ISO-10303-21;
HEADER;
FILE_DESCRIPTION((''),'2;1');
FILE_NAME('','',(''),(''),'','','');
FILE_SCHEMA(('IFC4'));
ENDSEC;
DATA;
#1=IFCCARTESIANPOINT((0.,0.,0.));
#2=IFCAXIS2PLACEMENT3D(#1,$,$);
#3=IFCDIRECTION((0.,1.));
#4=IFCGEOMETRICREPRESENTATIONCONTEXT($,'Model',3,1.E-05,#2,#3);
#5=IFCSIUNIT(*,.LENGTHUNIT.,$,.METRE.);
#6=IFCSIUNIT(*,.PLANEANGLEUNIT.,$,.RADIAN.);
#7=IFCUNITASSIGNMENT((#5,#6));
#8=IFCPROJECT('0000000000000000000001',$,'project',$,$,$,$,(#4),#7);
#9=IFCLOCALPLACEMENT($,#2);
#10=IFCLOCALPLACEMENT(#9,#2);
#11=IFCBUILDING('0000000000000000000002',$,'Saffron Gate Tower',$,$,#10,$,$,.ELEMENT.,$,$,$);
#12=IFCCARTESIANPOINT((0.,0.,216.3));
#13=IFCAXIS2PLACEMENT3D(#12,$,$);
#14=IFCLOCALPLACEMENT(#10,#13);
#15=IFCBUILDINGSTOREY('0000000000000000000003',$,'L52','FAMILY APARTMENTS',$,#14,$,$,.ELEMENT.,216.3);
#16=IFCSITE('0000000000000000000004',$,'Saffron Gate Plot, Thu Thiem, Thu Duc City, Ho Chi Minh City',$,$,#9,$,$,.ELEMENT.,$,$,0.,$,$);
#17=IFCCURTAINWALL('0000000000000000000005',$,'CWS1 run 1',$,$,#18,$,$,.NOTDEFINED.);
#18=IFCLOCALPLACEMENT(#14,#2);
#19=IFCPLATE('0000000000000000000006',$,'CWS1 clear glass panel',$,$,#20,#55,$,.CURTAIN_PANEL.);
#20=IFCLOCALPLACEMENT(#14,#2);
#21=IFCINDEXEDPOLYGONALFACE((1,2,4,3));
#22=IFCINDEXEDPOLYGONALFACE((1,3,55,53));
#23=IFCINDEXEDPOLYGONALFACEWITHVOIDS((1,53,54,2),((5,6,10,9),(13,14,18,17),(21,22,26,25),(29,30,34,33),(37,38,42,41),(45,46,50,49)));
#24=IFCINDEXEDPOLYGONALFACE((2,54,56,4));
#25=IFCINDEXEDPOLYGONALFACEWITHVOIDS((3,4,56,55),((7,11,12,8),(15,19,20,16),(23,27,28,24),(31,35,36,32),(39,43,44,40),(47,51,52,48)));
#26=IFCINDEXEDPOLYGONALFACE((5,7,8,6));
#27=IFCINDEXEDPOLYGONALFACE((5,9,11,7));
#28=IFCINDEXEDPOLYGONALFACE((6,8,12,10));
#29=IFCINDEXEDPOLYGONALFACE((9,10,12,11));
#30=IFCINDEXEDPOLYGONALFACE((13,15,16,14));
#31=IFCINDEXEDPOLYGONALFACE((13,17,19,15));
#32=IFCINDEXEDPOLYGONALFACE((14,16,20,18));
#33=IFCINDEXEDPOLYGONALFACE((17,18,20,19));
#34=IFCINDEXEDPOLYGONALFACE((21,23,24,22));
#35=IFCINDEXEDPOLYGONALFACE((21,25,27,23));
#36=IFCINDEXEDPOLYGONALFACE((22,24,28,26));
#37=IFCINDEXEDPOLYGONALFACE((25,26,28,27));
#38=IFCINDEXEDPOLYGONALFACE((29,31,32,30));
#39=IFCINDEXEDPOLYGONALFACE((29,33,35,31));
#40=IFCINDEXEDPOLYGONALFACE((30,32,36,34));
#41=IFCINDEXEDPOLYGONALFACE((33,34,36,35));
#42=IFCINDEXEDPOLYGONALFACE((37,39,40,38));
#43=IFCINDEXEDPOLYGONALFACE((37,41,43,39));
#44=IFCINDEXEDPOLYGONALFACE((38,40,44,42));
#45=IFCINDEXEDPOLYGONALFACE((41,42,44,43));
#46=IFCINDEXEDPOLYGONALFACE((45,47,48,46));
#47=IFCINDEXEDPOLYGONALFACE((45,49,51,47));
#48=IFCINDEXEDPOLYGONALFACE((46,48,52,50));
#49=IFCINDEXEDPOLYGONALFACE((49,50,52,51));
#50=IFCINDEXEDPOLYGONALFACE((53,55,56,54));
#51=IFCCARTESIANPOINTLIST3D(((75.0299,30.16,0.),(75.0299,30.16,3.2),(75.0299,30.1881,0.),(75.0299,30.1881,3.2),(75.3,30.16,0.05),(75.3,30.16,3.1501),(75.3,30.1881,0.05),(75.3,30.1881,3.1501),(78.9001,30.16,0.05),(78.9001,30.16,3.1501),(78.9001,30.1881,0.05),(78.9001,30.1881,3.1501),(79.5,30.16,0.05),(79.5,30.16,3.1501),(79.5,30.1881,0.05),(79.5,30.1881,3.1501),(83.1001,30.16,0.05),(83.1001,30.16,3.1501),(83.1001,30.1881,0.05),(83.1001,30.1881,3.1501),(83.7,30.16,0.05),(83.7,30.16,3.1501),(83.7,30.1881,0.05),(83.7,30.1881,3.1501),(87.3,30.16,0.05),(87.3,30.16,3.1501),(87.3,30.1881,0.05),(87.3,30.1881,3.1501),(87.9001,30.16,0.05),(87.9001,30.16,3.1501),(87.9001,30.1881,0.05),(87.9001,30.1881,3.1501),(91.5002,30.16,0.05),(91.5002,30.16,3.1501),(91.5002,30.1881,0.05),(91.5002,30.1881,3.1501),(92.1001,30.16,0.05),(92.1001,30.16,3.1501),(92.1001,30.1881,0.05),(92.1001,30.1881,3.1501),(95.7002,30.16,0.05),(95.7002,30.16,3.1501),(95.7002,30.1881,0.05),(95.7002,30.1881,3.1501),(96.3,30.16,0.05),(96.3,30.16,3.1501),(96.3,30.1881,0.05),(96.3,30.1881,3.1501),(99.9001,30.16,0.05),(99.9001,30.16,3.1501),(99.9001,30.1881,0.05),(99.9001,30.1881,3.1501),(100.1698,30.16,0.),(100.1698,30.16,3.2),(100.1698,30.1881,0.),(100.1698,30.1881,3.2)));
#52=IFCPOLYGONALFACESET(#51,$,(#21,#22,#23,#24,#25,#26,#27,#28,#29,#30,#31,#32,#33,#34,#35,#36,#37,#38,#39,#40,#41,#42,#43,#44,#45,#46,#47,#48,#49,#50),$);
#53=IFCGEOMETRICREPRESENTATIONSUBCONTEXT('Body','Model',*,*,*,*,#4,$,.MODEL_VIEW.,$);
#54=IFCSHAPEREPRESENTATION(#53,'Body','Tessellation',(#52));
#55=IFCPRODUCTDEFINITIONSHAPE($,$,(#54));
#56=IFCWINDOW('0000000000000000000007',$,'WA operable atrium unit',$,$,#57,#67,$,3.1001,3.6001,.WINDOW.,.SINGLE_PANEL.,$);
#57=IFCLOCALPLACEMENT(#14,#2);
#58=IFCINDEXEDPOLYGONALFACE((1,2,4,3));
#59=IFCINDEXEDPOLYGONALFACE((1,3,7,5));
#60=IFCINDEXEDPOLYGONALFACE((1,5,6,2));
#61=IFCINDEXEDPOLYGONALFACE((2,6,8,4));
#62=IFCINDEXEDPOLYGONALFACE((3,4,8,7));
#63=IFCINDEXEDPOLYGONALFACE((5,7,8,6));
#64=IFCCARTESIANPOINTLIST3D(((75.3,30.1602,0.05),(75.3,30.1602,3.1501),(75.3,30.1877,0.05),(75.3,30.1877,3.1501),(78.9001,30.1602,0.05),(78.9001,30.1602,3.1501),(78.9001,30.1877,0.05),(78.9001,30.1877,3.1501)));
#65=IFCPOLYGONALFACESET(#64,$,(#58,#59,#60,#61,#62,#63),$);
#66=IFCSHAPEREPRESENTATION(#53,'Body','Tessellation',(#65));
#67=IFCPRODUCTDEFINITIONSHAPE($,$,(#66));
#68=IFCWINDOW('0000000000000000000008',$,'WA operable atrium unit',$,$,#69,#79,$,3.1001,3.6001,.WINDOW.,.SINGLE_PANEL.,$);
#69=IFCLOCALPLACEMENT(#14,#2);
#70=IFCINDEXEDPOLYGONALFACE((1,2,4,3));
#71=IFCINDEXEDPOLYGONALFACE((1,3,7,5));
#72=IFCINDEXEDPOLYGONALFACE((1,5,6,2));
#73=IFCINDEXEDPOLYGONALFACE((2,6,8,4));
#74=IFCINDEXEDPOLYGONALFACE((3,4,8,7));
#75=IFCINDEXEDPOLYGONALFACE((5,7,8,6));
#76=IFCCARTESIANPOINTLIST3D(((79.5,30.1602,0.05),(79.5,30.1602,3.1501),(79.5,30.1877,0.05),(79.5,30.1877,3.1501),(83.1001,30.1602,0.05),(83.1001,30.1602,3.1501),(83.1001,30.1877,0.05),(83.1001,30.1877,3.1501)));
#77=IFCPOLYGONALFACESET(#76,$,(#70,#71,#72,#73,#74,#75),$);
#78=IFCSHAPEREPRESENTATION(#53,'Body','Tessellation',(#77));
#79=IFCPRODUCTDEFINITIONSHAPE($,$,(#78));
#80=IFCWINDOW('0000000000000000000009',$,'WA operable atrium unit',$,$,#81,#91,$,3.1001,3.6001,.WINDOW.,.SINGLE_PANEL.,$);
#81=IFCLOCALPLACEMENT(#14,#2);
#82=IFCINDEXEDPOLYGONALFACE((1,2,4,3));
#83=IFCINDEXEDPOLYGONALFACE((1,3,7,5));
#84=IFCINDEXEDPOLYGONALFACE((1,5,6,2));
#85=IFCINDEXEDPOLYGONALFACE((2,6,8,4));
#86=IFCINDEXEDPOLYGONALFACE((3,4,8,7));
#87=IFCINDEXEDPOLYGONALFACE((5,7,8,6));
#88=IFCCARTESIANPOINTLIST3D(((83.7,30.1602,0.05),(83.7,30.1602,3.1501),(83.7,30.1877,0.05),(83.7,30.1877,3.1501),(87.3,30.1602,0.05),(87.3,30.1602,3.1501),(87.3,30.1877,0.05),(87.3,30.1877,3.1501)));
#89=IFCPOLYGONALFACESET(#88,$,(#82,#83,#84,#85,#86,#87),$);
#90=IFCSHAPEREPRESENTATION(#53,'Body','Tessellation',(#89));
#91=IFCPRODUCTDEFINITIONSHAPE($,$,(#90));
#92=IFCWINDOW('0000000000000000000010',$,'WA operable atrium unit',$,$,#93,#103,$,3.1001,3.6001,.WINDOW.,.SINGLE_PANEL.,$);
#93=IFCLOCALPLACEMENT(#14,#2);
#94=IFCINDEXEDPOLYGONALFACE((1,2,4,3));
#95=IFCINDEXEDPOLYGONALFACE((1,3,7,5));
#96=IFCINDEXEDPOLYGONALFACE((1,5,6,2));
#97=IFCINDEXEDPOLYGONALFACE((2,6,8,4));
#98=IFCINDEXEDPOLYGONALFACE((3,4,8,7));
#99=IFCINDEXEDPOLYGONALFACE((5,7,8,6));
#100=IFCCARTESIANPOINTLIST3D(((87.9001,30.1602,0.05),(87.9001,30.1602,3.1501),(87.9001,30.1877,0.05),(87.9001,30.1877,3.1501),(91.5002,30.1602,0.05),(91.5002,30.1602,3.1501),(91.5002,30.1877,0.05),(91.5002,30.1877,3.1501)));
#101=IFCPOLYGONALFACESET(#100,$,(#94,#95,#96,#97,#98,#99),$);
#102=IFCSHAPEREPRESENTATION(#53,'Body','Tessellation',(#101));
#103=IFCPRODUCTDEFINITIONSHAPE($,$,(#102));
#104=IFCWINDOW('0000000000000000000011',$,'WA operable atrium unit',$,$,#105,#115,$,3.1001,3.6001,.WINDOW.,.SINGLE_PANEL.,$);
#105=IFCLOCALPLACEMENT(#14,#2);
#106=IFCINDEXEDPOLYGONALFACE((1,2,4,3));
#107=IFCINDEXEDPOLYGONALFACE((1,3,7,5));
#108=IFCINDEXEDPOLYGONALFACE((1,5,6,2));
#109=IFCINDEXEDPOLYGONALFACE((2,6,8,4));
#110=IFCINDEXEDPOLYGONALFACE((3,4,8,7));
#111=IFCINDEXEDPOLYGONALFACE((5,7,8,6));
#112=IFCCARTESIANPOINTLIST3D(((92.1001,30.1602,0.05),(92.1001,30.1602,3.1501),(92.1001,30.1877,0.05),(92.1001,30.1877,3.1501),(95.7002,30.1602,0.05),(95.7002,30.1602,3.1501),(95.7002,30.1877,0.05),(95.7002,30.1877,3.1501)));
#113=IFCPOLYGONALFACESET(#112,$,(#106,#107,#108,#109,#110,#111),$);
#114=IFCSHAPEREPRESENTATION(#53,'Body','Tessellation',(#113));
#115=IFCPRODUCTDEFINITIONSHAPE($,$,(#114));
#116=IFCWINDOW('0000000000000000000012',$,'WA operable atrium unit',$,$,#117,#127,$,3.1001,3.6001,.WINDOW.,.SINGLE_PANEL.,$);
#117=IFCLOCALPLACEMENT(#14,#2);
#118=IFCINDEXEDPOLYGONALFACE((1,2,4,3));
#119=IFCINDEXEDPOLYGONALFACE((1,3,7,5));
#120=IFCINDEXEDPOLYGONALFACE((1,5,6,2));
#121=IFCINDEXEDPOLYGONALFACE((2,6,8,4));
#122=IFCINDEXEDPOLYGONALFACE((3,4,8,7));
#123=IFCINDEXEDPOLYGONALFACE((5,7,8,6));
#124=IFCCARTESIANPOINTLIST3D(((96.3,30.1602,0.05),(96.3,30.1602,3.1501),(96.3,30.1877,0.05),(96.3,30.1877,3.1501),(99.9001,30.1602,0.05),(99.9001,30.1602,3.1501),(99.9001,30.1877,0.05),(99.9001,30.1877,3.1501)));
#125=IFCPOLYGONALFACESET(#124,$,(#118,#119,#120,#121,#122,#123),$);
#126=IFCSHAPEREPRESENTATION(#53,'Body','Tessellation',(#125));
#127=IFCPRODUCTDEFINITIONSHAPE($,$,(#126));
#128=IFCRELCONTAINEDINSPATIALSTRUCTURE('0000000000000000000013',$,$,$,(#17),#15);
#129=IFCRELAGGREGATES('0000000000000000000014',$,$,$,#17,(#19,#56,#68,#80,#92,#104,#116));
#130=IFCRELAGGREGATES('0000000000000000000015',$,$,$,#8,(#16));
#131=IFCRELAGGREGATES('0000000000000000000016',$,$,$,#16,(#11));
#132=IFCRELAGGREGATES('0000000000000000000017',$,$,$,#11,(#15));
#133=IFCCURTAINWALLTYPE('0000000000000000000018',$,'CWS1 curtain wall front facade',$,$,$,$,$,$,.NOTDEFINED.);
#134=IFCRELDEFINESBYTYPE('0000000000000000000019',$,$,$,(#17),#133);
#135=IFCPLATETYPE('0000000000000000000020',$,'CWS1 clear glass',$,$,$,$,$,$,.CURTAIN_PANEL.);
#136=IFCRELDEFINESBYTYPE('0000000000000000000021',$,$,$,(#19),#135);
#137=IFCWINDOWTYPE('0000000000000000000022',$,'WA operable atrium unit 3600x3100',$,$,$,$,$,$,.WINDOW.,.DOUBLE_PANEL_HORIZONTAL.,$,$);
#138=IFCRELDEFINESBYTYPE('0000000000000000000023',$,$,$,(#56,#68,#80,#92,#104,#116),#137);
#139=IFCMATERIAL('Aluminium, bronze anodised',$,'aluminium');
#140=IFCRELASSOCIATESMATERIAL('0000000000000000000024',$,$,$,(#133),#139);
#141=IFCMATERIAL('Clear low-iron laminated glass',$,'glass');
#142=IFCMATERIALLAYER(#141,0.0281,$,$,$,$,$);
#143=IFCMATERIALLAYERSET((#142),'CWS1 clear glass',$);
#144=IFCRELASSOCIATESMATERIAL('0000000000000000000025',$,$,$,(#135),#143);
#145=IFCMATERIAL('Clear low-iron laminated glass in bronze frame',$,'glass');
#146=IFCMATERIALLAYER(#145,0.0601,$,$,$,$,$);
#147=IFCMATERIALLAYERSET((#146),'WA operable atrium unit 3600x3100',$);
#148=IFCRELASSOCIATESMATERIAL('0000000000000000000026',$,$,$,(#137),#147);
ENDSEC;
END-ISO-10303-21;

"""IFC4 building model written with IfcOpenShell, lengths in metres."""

from ifc_helpers import new_model, si_unit, direction, frame, frame_2d, origin, place, context, subcontext, project, spatial, rectangle, extrude, material, layer, layer_set, type_object, element, fill, aggregate, save


model = new_model("IFC4")

# Units and contexts
model_context = context("Model", 3, precision=1e-05, world=origin(), true_north=direction((0.0, 1.0)))
body_context = subcontext(model_context, "Body", "Model", "MODEL_VIEW")
ifc_project = project(units=[si_unit("LENGTHUNIT", "METRE"), si_unit("PLANEANGLEUNIT", "RADIAN")], contexts=[model_context])

# Site, building, storey
site_placement = place(None, origin())
site = spatial("IfcSite", under=ifc_project, at=site_placement, Name="Saffron Gate Plot, Thu Thiem, Thu Duc City, Ho Chi Minh City", CompositionType="ELEMENT", RefElevation=0.0)
building_placement = place(site_placement, origin())
building = spatial("IfcBuilding", under=site, at=building_placement, Name="Saffron Gate Tower", CompositionType="ELEMENT")
storey_placement = place(building_placement, frame((0.0, 0.0, 216.3)))
storey = spatial("IfcBuildingStorey", under=building, at=storey_placement, Name="L52", Description="FAMILY APARTMENTS", CompositionType="ELEMENT", Elevation=216.3)

# Curtain wall, plate, openings, windows
ifc_material_1 = material(Name="Aluminium, bronze anodised", Category="aluminium")
curtain_wall_type = type_object("IfcCurtainWallType", Name="CWS1 curtain wall front facade", PredefinedType="NOTDEFINED", material=ifc_material_1)
curtain_wall_placement = place(storey_placement, origin())
curtain_wall = element("IfcCurtainWall", 1, at=curtain_wall_placement, inside=storey, type_object=curtain_wall_type, Name="CWS1 run 1", PredefinedType="NOTDEFINED")
ifc_material_2 = material(Name="Clear low-iron laminated glass", Category="glass")
ifc_layer_1 = layer(ifc_material_2, 0.0281)
ifc_layer_set_1 = layer_set([ifc_layer_1], Name="CWS1 clear glass")
plate_type = type_object("IfcPlateType", Name="CWS1 clear glass", PredefinedType="CURTAIN_PANEL", material=ifc_layer_set_1)
plate_placement = place(storey_placement, frame((75.03, 30.1741, 0.0), z_axis=(0.0, 0.0, 1.0), x_axis=(1.0, 0.0, 0.0)))
plate = element("IfcPlate", 2, at=plate_placement, type_object=plate_type, Name="CWS1 clear glass panel", PredefinedType="CURTAIN_PANEL", context=body_context, shape_type="SweptSolid", body=[
    extrude(rectangle(XDim=25.1399, YDim=0.0281, at=frame_2d((12.5698, 0.0))), origin(), (0.0, 0.0, 1.0), 3.2),
])
opening_1_placement = place(plate_placement, frame((0.27, 0.0, 0.05)))
opening_1 = element("IfcOpeningElement", 3, at=opening_1_placement, cuts=plate, PredefinedType="OPENING", context=body_context, shape_type="SweptSolid", body=[
    extrude(rectangle(XDim=3.6001, YDim=3.1001, at=frame_2d((1.8, 1.55))), frame((0.0, 0.0239, 0.0), z_axis=(0.0, -1.0, 0.0), x_axis=(1.0, 0.0, 0.0)), (0.0, 0.0, 1.0), 0.0481),
])
opening_2_placement = place(plate_placement, frame((4.47, 0.0, 0.05)))
opening_2 = element("IfcOpeningElement", 4, at=opening_2_placement, cuts=plate, PredefinedType="OPENING", context=body_context, shape_type="SweptSolid", body=[
    extrude(rectangle(XDim=3.6001, YDim=3.1001, at=frame_2d((1.8, 1.55))), frame((0.0, 0.0239, 0.0), z_axis=(0.0, -1.0, 0.0), x_axis=(1.0, 0.0, 0.0)), (0.0, 0.0, 1.0), 0.0481),
])
opening_3_placement = place(plate_placement, frame((8.6699, 0.0, 0.05)))
opening_3 = element("IfcOpeningElement", 5, at=opening_3_placement, cuts=plate, PredefinedType="OPENING", context=body_context, shape_type="SweptSolid", body=[
    extrude(rectangle(XDim=3.6001, YDim=3.1001, at=frame_2d((1.8, 1.55))), frame((0.0, 0.0239, 0.0), z_axis=(0.0, -1.0, 0.0), x_axis=(1.0, 0.0, 0.0)), (0.0, 0.0, 1.0), 0.0481),
])
opening_4_placement = place(plate_placement, frame((12.8701, 0.0, 0.05)))
opening_4 = element("IfcOpeningElement", 6, at=opening_4_placement, cuts=plate, PredefinedType="OPENING", context=body_context, shape_type="SweptSolid", body=[
    extrude(rectangle(XDim=3.6001, YDim=3.1001, at=frame_2d((1.8, 1.55))), frame((0.0, 0.0239, 0.0), z_axis=(0.0, -1.0, 0.0), x_axis=(1.0, 0.0, 0.0)), (0.0, 0.0, 1.0), 0.0481),
])
opening_5_placement = place(plate_placement, frame((17.0701, 0.0, 0.05)))
opening_5 = element("IfcOpeningElement", 7, at=opening_5_placement, cuts=plate, PredefinedType="OPENING", context=body_context, shape_type="SweptSolid", body=[
    extrude(rectangle(XDim=3.6001, YDim=3.1001, at=frame_2d((1.8, 1.55))), frame((0.0, 0.0239, 0.0), z_axis=(0.0, -1.0, 0.0), x_axis=(1.0, 0.0, 0.0)), (0.0, 0.0, 1.0), 0.0481),
])
opening_6_placement = place(plate_placement, frame((21.27, 0.0, 0.05)))
opening_6 = element("IfcOpeningElement", 8, at=opening_6_placement, cuts=plate, PredefinedType="OPENING", context=body_context, shape_type="SweptSolid", body=[
    extrude(rectangle(XDim=3.6001, YDim=3.1001, at=frame_2d((1.8, 1.55))), frame((0.0, 0.0239, 0.0), z_axis=(0.0, -1.0, 0.0), x_axis=(1.0, 0.0, 0.0)), (0.0, 0.0, 1.0), 0.0481),
])
ifc_material_3 = material(Name="Clear low-iron laminated glass in bronze frame", Category="glass")
ifc_layer_2 = layer(ifc_material_3, 0.0601)
ifc_layer_set_2 = layer_set([ifc_layer_2], Name="WA operable atrium unit 3600x3100")
window_type = type_object("IfcWindowType", Name="WA operable atrium unit 3600x3100", PartitioningType="DOUBLE_PANEL_HORIZONTAL", PredefinedType="WINDOW", material=ifc_layer_set_2)
window_1_placement = place(opening_1_placement, origin())
window_1 = element("IfcWindow", 9, at=window_1_placement, type_object=window_type, Name="WA operable atrium unit", OverallHeight=3.1001, OverallWidth=3.6001, PartitioningType="SINGLE_PANEL", PredefinedType="WINDOW", context=body_context, shape_type="SweptSolid", body=[
    extrude(rectangle(XDim=3.6001, YDim=3.1001, at=frame_2d((1.8, 1.55))), frame((0.0, 0.0137, 0.0), z_axis=(0.0, -1.0, 0.0), x_axis=(1.0, 0.0, 0.0)), (0.0, 0.0, 1.0), 0.0276),
])
fill(opening_1, window_1)
window_2_placement = place(opening_2_placement, origin())
window_2 = element("IfcWindow", 10, at=window_2_placement, type_object=window_type, Name="WA operable atrium unit", OverallHeight=3.1001, OverallWidth=3.6001, PartitioningType="SINGLE_PANEL", PredefinedType="WINDOW", context=body_context, shape_type="SweptSolid", body=[
    extrude(rectangle(XDim=3.6001, YDim=3.1001, at=frame_2d((1.8, 1.55))), frame((0.0, 0.0137, 0.0), z_axis=(0.0, -1.0, 0.0), x_axis=(1.0, 0.0, 0.0)), (0.0, 0.0, 1.0), 0.0276),
])
fill(opening_2, window_2)
window_3_placement = place(opening_3_placement, origin())
window_3 = element("IfcWindow", 11, at=window_3_placement, type_object=window_type, Name="WA operable atrium unit", OverallHeight=3.1001, OverallWidth=3.6001, PartitioningType="SINGLE_PANEL", PredefinedType="WINDOW", context=body_context, shape_type="SweptSolid", body=[
    extrude(rectangle(XDim=3.6001, YDim=3.1001, at=frame_2d((1.8, 1.55))), frame((0.0, 0.0137, 0.0), z_axis=(0.0, -1.0, 0.0), x_axis=(1.0, 0.0, 0.0)), (0.0, 0.0, 1.0), 0.0276),
])
fill(opening_3, window_3)
window_4_placement = place(opening_4_placement, origin())
window_4 = element("IfcWindow", 12, at=window_4_placement, type_object=window_type, Name="WA operable atrium unit", OverallHeight=3.1001, OverallWidth=3.6001, PartitioningType="SINGLE_PANEL", PredefinedType="WINDOW", context=body_context, shape_type="SweptSolid", body=[
    extrude(rectangle(XDim=3.6001, YDim=3.1001, at=frame_2d((1.8, 1.55))), frame((0.0, 0.0137, 0.0), z_axis=(0.0, -1.0, 0.0), x_axis=(1.0, 0.0, 0.0)), (0.0, 0.0, 1.0), 0.0276),
])
fill(opening_4, window_4)
window_5_placement = place(opening_5_placement, origin())
window_5 = element("IfcWindow", 13, at=window_5_placement, type_object=window_type, Name="WA operable atrium unit", OverallHeight=3.1001, OverallWidth=3.6001, PartitioningType="SINGLE_PANEL", PredefinedType="WINDOW", context=body_context, shape_type="SweptSolid", body=[
    extrude(rectangle(XDim=3.6001, YDim=3.1001, at=frame_2d((1.8, 1.55))), frame((0.0, 0.0137, 0.0), z_axis=(0.0, -1.0, 0.0), x_axis=(1.0, 0.0, 0.0)), (0.0, 0.0, 1.0), 0.0276),
])
fill(opening_5, window_5)
window_6_placement = place(opening_6_placement, origin())
window_6 = element("IfcWindow", 14, at=window_6_placement, type_object=window_type, Name="WA operable atrium unit", OverallHeight=3.1001, OverallWidth=3.6001, PartitioningType="SINGLE_PANEL", PredefinedType="WINDOW", context=body_context, shape_type="SweptSolid", body=[
    extrude(rectangle(XDim=3.6001, YDim=3.1001, at=frame_2d((1.8, 1.55))), frame((0.0, 0.0137, 0.0), z_axis=(0.0, -1.0, 0.0), x_axis=(1.0, 0.0, 0.0)), (0.0, 0.0, 1.0), 0.0276),
])
fill(opening_6, window_6)
aggregate(curtain_wall, [plate, window_1, window_2, window_3, window_4, window_5, window_6])

save(model, "model.ifc")
